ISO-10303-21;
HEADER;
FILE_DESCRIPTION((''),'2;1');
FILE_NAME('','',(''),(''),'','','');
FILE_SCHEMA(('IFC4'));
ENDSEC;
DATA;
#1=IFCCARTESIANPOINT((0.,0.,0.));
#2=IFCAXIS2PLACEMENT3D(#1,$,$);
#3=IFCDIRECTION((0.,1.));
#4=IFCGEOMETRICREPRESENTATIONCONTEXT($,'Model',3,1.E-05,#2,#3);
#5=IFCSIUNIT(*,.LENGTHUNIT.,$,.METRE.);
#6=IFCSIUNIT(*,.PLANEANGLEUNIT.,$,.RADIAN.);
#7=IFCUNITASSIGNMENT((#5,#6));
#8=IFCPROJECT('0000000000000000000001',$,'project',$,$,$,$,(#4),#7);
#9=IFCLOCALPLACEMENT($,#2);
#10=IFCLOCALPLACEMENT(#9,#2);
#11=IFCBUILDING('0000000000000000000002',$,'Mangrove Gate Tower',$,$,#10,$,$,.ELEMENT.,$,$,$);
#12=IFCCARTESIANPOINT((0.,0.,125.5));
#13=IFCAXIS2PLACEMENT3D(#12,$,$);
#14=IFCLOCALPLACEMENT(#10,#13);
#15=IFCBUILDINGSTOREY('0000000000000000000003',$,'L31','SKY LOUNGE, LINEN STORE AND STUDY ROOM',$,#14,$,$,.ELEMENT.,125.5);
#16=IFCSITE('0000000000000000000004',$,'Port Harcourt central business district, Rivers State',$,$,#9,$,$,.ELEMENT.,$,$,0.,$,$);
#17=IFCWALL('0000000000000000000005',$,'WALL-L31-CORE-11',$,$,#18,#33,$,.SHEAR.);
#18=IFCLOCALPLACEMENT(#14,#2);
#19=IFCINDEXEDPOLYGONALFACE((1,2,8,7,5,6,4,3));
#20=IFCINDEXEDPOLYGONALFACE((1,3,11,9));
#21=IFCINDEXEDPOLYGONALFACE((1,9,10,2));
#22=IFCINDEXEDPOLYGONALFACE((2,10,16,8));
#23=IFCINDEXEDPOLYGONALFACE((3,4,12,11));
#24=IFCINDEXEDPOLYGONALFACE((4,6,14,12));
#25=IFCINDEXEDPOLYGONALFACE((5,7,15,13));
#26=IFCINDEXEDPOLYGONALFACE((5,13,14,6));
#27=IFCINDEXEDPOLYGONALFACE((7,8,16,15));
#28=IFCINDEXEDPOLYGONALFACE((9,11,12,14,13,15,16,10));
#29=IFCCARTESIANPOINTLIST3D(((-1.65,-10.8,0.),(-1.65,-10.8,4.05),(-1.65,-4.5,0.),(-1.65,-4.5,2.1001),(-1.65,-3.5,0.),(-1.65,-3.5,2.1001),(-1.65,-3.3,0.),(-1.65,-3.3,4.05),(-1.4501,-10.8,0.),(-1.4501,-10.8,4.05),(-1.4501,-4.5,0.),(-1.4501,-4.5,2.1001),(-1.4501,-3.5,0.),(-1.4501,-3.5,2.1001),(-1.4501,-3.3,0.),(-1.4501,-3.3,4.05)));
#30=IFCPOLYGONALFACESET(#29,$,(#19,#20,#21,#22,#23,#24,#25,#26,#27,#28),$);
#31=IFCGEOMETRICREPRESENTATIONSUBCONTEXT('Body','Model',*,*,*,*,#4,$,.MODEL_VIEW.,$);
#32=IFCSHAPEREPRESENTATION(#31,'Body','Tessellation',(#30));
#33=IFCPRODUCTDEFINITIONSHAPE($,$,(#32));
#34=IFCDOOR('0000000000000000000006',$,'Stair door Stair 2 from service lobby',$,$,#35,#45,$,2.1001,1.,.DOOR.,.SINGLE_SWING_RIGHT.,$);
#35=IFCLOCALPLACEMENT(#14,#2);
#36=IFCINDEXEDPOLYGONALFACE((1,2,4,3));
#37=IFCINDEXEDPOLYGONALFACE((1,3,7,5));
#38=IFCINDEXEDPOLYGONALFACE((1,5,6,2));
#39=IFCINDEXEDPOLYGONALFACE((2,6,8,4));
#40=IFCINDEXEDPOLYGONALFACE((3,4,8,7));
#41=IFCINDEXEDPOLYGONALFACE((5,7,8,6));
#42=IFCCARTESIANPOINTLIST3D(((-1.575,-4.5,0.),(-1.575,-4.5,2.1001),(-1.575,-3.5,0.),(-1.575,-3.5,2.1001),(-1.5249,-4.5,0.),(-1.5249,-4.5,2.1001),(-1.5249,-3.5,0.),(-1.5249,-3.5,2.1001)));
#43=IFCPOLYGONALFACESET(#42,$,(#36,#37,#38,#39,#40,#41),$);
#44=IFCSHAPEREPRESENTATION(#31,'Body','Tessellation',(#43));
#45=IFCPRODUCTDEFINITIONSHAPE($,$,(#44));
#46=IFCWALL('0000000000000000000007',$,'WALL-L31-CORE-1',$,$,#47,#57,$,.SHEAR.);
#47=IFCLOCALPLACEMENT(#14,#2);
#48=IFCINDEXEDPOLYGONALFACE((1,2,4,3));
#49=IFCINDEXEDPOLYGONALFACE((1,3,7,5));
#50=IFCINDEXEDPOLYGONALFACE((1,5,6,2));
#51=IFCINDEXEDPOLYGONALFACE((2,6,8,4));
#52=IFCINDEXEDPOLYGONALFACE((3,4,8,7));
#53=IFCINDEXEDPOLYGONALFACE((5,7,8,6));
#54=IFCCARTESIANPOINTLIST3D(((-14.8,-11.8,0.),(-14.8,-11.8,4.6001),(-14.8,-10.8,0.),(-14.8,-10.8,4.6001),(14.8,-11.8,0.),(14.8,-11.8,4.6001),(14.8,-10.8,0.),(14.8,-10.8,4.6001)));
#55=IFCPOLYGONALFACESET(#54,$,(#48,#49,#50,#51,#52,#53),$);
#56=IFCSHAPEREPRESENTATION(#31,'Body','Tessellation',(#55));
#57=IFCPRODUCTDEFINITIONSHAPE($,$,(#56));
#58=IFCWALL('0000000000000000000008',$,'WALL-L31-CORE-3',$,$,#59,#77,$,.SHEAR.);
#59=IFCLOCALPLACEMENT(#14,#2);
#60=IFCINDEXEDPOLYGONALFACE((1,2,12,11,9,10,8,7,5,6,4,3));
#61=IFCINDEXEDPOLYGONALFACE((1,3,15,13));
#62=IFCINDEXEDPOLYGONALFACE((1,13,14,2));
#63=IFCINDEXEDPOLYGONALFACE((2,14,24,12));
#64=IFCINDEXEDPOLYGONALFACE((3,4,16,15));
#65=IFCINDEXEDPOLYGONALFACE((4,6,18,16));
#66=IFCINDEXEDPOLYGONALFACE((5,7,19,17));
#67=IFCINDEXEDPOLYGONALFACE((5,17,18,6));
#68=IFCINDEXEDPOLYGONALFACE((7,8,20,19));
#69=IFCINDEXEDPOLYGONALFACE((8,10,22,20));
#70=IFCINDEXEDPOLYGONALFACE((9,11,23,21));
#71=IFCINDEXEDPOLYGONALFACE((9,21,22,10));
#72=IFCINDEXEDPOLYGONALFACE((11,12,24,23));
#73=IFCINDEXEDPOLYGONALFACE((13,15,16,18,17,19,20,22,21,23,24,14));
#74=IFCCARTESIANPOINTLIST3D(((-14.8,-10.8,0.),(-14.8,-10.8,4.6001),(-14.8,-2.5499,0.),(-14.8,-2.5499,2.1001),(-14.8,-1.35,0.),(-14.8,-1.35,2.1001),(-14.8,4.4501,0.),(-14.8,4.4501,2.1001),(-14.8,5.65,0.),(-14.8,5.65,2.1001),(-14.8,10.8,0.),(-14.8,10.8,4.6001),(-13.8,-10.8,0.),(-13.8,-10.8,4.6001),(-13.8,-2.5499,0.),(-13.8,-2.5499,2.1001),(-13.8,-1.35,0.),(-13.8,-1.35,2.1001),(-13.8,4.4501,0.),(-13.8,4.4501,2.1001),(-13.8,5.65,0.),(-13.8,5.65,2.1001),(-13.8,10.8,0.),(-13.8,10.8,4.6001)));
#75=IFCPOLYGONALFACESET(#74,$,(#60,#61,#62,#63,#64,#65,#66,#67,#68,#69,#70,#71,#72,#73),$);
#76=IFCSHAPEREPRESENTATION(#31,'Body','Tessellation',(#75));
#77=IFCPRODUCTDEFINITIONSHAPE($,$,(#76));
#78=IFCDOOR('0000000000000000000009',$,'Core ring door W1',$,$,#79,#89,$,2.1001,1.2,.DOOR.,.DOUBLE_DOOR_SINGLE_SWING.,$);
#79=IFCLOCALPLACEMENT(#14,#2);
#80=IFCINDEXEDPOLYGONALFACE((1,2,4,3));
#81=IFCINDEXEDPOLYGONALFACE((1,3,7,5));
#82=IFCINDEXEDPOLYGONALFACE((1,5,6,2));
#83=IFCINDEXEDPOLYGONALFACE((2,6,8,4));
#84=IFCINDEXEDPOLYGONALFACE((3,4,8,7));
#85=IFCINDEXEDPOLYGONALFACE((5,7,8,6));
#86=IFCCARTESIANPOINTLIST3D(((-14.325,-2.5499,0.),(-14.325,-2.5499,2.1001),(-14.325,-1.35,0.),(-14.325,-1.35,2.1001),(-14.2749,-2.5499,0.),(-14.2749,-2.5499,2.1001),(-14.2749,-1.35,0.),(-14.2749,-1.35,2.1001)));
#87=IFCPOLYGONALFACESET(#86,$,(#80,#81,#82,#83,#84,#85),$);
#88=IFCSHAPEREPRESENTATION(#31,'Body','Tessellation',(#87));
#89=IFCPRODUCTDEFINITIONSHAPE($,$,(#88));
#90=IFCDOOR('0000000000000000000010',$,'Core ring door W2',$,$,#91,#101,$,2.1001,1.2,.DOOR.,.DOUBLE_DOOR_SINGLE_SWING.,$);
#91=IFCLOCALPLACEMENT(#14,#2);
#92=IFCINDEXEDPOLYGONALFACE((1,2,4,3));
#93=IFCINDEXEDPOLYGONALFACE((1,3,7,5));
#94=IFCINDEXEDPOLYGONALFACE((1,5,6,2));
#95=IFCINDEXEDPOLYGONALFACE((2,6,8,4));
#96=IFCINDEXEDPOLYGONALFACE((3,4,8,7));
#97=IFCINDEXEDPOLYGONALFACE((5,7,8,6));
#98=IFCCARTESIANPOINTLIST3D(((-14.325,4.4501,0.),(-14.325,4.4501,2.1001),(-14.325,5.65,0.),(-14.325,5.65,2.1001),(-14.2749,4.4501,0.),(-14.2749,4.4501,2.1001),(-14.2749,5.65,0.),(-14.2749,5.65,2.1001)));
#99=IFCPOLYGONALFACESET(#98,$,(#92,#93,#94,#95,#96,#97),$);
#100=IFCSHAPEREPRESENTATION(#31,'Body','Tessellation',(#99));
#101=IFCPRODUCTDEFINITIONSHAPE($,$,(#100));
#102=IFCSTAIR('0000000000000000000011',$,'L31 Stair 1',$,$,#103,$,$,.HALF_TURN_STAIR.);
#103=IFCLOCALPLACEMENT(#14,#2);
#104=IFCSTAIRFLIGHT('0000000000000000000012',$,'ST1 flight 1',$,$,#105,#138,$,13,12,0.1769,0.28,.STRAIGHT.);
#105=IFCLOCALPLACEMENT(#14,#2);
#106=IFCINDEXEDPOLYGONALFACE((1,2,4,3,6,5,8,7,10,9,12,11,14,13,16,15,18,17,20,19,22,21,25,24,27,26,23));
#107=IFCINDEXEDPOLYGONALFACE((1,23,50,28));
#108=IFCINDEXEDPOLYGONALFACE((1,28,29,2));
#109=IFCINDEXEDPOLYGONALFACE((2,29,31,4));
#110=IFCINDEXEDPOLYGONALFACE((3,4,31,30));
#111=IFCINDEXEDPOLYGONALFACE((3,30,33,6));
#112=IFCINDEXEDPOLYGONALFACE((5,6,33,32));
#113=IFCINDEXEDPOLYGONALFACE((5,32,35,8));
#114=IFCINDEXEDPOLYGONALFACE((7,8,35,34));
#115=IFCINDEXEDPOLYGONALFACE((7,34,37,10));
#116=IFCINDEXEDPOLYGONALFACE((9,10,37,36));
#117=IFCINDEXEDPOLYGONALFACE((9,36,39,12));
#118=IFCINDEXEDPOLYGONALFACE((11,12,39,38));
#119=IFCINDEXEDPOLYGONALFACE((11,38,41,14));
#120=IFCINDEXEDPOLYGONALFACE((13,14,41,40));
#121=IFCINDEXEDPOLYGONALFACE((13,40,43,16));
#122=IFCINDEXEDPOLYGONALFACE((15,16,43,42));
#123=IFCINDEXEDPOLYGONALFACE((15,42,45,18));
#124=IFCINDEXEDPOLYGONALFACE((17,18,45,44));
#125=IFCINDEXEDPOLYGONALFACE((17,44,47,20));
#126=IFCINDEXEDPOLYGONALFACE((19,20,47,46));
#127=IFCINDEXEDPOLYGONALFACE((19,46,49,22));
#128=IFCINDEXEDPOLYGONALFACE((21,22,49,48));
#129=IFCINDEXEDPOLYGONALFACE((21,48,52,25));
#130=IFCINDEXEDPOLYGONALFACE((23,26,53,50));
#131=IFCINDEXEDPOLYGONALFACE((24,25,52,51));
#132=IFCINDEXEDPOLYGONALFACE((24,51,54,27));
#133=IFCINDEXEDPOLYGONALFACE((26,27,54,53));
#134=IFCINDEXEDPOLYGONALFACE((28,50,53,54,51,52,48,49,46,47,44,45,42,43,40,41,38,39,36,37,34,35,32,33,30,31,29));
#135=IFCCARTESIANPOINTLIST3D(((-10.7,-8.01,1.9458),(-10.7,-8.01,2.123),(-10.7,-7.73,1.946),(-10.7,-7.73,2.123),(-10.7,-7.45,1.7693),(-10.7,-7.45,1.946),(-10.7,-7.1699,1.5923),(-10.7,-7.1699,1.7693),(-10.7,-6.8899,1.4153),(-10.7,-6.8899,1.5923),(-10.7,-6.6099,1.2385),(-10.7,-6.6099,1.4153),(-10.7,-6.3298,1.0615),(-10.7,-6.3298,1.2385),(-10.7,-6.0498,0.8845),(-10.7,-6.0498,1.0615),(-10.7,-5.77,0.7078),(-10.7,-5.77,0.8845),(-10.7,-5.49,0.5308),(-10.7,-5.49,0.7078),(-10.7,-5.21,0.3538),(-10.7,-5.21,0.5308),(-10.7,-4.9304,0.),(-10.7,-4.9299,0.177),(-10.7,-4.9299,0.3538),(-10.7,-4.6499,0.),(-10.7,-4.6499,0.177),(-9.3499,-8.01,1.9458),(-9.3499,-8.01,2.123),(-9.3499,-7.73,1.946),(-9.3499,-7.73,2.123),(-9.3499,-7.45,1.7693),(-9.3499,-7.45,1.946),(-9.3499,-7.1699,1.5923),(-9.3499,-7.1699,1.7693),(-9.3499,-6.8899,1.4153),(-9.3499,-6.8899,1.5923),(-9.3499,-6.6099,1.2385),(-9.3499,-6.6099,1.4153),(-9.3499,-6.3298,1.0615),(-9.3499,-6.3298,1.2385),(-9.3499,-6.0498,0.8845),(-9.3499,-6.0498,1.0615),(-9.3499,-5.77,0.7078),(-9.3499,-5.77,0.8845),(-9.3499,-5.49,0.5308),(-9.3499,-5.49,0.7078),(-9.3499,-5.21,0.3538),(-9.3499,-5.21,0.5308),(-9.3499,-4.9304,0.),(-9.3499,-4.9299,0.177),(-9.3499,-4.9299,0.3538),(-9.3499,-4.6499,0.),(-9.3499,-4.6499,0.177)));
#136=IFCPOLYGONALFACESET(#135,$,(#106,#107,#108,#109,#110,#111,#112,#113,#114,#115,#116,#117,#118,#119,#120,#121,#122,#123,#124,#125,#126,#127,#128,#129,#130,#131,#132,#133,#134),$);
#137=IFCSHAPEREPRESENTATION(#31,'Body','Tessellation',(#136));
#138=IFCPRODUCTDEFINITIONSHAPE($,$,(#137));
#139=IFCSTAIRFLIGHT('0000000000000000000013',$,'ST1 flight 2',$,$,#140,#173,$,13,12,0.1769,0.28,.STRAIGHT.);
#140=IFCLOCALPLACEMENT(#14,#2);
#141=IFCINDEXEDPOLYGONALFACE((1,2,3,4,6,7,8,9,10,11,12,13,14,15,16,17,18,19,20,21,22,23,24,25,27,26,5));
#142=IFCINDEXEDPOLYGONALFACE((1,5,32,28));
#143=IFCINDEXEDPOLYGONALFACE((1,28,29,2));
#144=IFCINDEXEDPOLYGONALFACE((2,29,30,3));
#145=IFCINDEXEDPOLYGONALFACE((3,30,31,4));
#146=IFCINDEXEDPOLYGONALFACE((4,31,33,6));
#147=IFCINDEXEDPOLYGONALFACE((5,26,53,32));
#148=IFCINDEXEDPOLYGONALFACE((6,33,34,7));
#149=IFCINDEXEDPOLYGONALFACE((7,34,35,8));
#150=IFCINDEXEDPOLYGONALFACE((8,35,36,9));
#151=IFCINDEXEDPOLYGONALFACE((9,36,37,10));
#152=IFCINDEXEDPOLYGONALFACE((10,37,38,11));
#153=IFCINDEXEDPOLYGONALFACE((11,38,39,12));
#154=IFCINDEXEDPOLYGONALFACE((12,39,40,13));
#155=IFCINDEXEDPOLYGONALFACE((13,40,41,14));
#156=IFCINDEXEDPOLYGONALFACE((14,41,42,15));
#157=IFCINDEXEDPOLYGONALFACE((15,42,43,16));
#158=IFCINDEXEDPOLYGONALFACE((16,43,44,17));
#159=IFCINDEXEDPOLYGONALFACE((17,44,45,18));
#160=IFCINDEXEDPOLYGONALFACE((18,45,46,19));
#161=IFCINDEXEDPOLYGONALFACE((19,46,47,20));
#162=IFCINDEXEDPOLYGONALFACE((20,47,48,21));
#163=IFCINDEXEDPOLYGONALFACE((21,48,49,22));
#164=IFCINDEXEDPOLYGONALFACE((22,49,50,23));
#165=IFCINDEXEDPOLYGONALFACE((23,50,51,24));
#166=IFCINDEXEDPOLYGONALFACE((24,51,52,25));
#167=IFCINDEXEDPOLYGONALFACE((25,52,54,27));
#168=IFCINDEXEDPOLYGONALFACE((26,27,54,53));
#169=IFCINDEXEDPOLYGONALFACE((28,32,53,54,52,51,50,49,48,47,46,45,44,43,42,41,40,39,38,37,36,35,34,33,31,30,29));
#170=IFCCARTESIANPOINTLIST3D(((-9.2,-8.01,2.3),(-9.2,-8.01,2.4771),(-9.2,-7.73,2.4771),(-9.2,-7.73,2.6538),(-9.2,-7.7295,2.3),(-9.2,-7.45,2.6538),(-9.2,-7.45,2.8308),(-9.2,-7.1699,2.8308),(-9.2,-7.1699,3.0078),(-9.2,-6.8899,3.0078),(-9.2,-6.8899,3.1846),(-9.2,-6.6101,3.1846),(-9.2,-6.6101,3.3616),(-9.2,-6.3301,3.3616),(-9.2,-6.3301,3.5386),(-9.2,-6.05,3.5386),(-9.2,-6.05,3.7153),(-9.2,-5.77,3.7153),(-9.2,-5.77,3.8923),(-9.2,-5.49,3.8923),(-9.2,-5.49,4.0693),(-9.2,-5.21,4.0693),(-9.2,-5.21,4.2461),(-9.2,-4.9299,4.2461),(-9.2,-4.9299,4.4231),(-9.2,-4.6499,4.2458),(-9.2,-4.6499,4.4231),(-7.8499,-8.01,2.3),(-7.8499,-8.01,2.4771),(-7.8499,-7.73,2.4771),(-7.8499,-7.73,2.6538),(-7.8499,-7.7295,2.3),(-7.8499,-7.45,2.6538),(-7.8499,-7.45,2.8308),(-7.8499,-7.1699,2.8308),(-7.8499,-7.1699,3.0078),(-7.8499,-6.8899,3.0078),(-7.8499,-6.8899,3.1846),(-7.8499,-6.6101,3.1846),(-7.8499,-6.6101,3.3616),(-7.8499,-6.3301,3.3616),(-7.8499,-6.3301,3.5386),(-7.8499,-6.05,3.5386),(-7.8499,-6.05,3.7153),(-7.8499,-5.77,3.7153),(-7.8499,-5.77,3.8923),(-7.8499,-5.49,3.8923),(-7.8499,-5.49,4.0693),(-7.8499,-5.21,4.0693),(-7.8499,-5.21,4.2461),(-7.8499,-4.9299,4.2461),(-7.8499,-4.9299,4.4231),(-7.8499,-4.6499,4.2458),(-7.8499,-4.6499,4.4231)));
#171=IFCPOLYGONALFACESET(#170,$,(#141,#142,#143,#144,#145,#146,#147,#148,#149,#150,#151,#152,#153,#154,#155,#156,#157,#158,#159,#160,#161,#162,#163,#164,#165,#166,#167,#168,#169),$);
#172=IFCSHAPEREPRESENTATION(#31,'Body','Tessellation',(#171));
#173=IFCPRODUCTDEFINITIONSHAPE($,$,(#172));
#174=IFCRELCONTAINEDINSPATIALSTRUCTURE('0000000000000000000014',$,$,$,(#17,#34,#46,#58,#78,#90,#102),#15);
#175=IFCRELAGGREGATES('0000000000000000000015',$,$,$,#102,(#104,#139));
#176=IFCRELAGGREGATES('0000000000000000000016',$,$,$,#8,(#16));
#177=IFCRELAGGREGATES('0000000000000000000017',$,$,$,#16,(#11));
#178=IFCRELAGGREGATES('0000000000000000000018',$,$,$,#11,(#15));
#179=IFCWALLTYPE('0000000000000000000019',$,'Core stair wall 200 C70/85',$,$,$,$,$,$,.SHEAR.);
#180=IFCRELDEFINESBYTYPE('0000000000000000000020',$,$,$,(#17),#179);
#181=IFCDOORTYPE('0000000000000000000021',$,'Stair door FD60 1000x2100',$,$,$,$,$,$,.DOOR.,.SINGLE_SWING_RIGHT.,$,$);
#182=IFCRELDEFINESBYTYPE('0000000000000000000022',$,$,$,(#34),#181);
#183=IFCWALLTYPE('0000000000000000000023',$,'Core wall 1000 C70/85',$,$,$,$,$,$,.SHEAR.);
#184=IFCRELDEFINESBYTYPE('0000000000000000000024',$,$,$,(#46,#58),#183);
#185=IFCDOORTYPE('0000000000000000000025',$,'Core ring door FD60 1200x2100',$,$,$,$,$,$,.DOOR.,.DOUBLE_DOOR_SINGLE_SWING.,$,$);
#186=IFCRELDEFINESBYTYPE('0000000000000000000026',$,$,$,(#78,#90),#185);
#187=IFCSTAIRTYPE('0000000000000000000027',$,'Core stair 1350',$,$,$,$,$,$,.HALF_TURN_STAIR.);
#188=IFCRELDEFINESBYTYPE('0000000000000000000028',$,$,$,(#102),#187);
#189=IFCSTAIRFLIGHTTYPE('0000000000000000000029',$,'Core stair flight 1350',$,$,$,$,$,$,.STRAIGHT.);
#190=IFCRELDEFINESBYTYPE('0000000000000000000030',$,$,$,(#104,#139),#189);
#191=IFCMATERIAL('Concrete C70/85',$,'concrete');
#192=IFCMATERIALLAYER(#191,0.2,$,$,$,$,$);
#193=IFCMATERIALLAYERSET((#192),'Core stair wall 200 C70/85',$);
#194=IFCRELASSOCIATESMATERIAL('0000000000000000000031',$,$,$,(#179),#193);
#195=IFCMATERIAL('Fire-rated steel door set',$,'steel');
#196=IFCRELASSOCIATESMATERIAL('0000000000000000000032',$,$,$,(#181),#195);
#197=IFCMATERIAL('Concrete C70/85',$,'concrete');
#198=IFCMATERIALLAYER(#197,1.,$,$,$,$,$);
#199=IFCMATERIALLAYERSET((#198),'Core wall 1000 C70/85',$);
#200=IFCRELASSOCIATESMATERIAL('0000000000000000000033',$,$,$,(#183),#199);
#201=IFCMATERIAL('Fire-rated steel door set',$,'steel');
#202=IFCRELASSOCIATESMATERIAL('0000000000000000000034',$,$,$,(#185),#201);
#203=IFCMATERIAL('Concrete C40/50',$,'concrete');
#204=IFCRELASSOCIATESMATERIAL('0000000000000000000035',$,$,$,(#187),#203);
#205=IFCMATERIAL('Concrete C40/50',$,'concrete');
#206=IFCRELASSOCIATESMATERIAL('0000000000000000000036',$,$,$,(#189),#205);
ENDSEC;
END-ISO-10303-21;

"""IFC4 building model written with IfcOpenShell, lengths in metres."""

from ifc_helpers import new_model, si_unit, direction, frame, frame_2d, origin, place, context, subcontext, project, spatial, polyline, rectangle, outline, extrude, material, layer, layer_set, type_object, element, fill, aggregate, save


model = new_model("IFC4")

# Units and contexts
model_context = context("Model", 3, precision=1e-05, world=origin(), true_north=direction((0.0, 1.0)))
body_context = subcontext(model_context, "Body", "Model", "MODEL_VIEW")
ifc_project = project(units=[si_unit("LENGTHUNIT", "METRE"), si_unit("PLANEANGLEUNIT", "RADIAN")], contexts=[model_context])

# Site, building, storey
site_placement = place(None, origin())
site = spatial("IfcSite", under=ifc_project, at=site_placement, Name="Port Harcourt central business district, Rivers State", CompositionType="ELEMENT", RefElevation=0.0)
building_placement = place(site_placement, origin())
building = spatial("IfcBuilding", under=site, at=building_placement, Name="Mangrove Gate Tower", CompositionType="ELEMENT")
storey_placement = place(building_placement, frame((0.0, 0.0, 125.5)))
storey = spatial("IfcBuildingStorey", under=building, at=storey_placement, Name="L31", Description="SKY LOUNGE, LINEN STORE AND STUDY ROOM", CompositionType="ELEMENT", Elevation=125.5)

# Shared definitions
ifc_material_1 = material(Name="Concrete C70/85", Category="concrete")
ifc_layer_1 = layer(ifc_material_1, 0.2)
ifc_layer_set_1 = layer_set([ifc_layer_1], Name="Core stair wall 200 C70/85")
wall_type_1 = type_object("IfcWallType", Name="Core stair wall 200 C70/85", PredefinedType="SHEAR", material=ifc_layer_set_1)

# Wall, opening, door
wall_1_placement = place(storey_placement, frame((-1.55, -10.8, 0.0), z_axis=(0.0, 0.0, 1.0), x_axis=(0.0, 1.0, 0.0)))
wall_1 = element("IfcWall", 1, at=wall_1_placement, inside=storey, type_object=wall_type_1, Name="WALL-L31-CORE-11", PredefinedType="SHEAR", context=body_context, shape_type="SweptSolid", body=[
    extrude(rectangle(XDim=7.5, YDim=0.2, at=frame_2d((3.75, 0.0))), origin(), (0.0, 0.0, 1.0), 4.05),
])
opening_1_placement = place(wall_1_placement, frame((6.3, 0.0, 0.0)))
opening_1 = element("IfcOpeningElement", 2, at=opening_1_placement, cuts=wall_1, PredefinedType="OPENING", context=body_context, shape_type="SweptSolid", body=[
    extrude(rectangle(XDim=1.0, YDim=2.1001, at=frame_2d((0.5, 1.05))), frame((0.0, 0.1099, 0.0), z_axis=(0.0, -1.0, 0.0), x_axis=(1.0, 0.0, 0.0)), (0.0, 0.0, 1.0), 0.22),
])
ifc_material_2 = material(Name="Fire-rated steel door set", Category="steel")
door_type_1 = type_object("IfcDoorType", Name="Stair door FD60 1000x2100", OperationType="SINGLE_SWING_RIGHT", PredefinedType="DOOR", material=ifc_material_2)
door_1_placement = place(opening_1_placement, origin())
door_1 = element("IfcDoor", 3, at=door_1_placement, inside=storey, type_object=door_type_1, Name="Stair door Stair 2 from service lobby", OperationType="SINGLE_SWING_RIGHT", OverallHeight=2.1001, OverallWidth=1.0, PredefinedType="DOOR", context=body_context, shape_type="SweptSolid", body=[
    extrude(rectangle(XDim=1.0, YDim=2.1001, at=frame_2d((0.5, 1.05))), frame((0.0, 0.0249, 0.0), z_axis=(0.0, -1.0, 0.0), x_axis=(1.0, 0.0, 0.0)), (0.0, 0.0, 1.0), 0.05),
])
fill(opening_1, door_1)

# Wall
ifc_material_3 = material(Name="Concrete C70/85", Category="concrete")
ifc_layer_2 = layer(ifc_material_3, 1.0)
ifc_layer_set_2 = layer_set([ifc_layer_2], Name="Core wall 1000 C70/85")
wall_type_2 = type_object("IfcWallType", Name="Core wall 1000 C70/85", PredefinedType="SHEAR", material=ifc_layer_set_2)
wall_2_placement = place(storey_placement, frame((-14.8, -11.3, 0.0), z_axis=(0.0, 0.0, 1.0), x_axis=(1.0, 0.0, 0.0)))
element("IfcWall", 4, at=wall_2_placement, inside=storey, type_object=wall_type_2, Name="WALL-L31-CORE-1", PredefinedType="SHEAR", context=body_context, shape_type="SweptSolid", body=[
    extrude(rectangle(XDim=29.6001, YDim=1.0, at=frame_2d((14.8, 0.0))), origin(), (0.0, 0.0, 1.0), 4.6001),
])

# Wall, openings, doors
wall_3_placement = place(storey_placement, frame((-14.3, -10.8, 0.0), z_axis=(0.0, 0.0, 1.0), x_axis=(0.0, 1.0, 0.0)))
wall_3 = element("IfcWall", 5, at=wall_3_placement, inside=storey, type_object=wall_type_2, Name="WALL-L31-CORE-3", PredefinedType="SHEAR", context=body_context, shape_type="SweptSolid", body=[
    extrude(rectangle(XDim=21.6001, YDim=1.0, at=frame_2d((10.8, 0.0))), origin(), (0.0, 0.0, 1.0), 4.6001),
])
opening_2_placement = place(wall_3_placement, frame((8.25, 0.0, 0.0)))
opening_2 = element("IfcOpeningElement", 6, at=opening_2_placement, cuts=wall_3, PredefinedType="OPENING", context=body_context, shape_type="SweptSolid", body=[
    extrude(rectangle(XDim=1.2, YDim=2.1001, at=frame_2d((0.6001, 1.05))), frame((0.0, 0.51, 0.0), z_axis=(0.0, -1.0, 0.0), x_axis=(1.0, 0.0, 0.0)), (0.0, 0.0, 1.0), 1.02),
])
opening_3_placement = place(wall_3_placement, frame((15.25, 0.0, 0.0)))
opening_3 = element("IfcOpeningElement", 7, at=opening_3_placement, cuts=wall_3, PredefinedType="OPENING", context=body_context, shape_type="SweptSolid", body=[
    extrude(rectangle(XDim=1.2, YDim=2.1001, at=frame_2d((0.6001, 1.05))), frame((0.0, 0.51, 0.0), z_axis=(0.0, -1.0, 0.0), x_axis=(1.0, 0.0, 0.0)), (0.0, 0.0, 1.0), 1.02),
])
ifc_material_4 = material(Name="Fire-rated steel door set", Category="steel")
door_type_2 = type_object("IfcDoorType", Name="Core ring door FD60 1200x2100", OperationType="DOUBLE_DOOR_SINGLE_SWING", PredefinedType="DOOR", material=ifc_material_4)
door_2_placement = place(opening_2_placement, origin())
door_2 = element("IfcDoor", 8, at=door_2_placement, inside=storey, type_object=door_type_2, Name="Core ring door W1", OperationType="DOUBLE_DOOR_SINGLE_SWING", OverallHeight=2.1001, OverallWidth=1.2, PredefinedType="DOOR", context=body_context, shape_type="SweptSolid", body=[
    extrude(rectangle(XDim=1.2, YDim=2.1001, at=frame_2d((0.6001, 1.05))), frame((0.0, 0.0249, 0.0), z_axis=(0.0, -1.0, 0.0), x_axis=(1.0, 0.0, 0.0)), (0.0, 0.0, 1.0), 0.05),
])
fill(opening_2, door_2)
door_3_placement = place(opening_3_placement, origin())
door_3 = element("IfcDoor", 9, at=door_3_placement, inside=storey, type_object=door_type_2, Name="Core ring door W2", OperationType="DOUBLE_DOOR_SINGLE_SWING", OverallHeight=2.1001, OverallWidth=1.2, PredefinedType="DOOR", context=body_context, shape_type="SweptSolid", body=[
    extrude(rectangle(XDim=1.2, YDim=2.1001, at=frame_2d((0.6001, 1.05))), frame((0.0, 0.0249, 0.0), z_axis=(0.0, -1.0, 0.0), x_axis=(1.0, 0.0, 0.0)), (0.0, 0.0, 1.0), 0.05),
])
fill(opening_3, door_3)

# Stair, stair flights
ifc_material_5 = material(Name="Concrete C40/50", Category="concrete")
stair_type = type_object("IfcStairType", Name="Core stair 1350", PredefinedType="HALF_TURN_STAIR", material=ifc_material_5)
stair_1_placement = place(storey_placement, origin())
stair_1 = element("IfcStair", 10, at=stair_1_placement, inside=storey, type_object=stair_type, Name="L31 Stair 1", PredefinedType="HALF_TURN_STAIR")
ifc_material_6 = material(Name="Concrete C40/50", Category="concrete")
stair_flight_type = type_object("IfcStairFlightType", Name="Core stair flight 1350", PredefinedType="STRAIGHT", material=ifc_material_6)
stair_flight_1_placement = place(storey_placement, frame((-10.0249, -4.6499, 0.0), z_axis=(0.0, 0.0, 1.0), x_axis=(0.0, -1.0, 0.0)))
stair_flight_1 = element("IfcStairFlight", 11, at=stair_flight_1_placement, type_object=stair_flight_type, Name="ST1 flight 1", NumberOfRisers=13, NumberOfTreads=12, PredefinedType="STRAIGHT", RiserHeight=0.1769, TreadLength=0.28, context=body_context, shape_type="SweptSolid", body=[
    extrude(outline(polyline([(0.0, 0.0), (0.0, 0.177), (0.28, 0.177), (0.28, 0.3538), (0.5601, 0.3538), (0.5601, 0.5308), (0.8401, 0.5308), (0.8401, 0.7078), (1.1201, 0.7078), (1.1201, 0.8845), (1.3999, 0.8845), (1.3999, 1.0615), (1.6799, 1.0615), (1.6799, 1.2385), (1.96, 1.2385), (1.96, 1.4153), (2.24, 1.4153), (2.24, 1.5923), (2.52, 1.5923), (2.52, 1.7693), (2.8, 1.7693), (2.8, 1.946), (3.0801, 1.946), (3.0801, 2.123), (3.3601, 2.123), (3.3601, 2.3), (3.3601, 1.9458), (0.2805, 0.0), (0.0, 0.0)])), frame((0.0, 0.675, 0.0), z_axis=(0.0, -1.0, 0.0), x_axis=(1.0, 0.0, 0.0)), (0.0, 0.0, 1.0), 1.3501),
])
stair_flight_2_placement = place(storey_placement, frame((-8.5249, -8.01, 2.3), z_axis=(0.0, 0.0, 1.0), x_axis=(0.0, 1.0, 0.0)))
stair_flight_2 = element("IfcStairFlight", 12, at=stair_flight_2_placement, type_object=stair_flight_type, Name="ST1 flight 2", NumberOfRisers=13, NumberOfTreads=12, PredefinedType="STRAIGHT", RiserHeight=0.1769, TreadLength=0.28, context=body_context, shape_type="SweptSolid", body=[
    extrude(outline(polyline([(0.0, 0.0), (0.0, 0.177), (0.28, 0.177), (0.28, 0.3538), (0.5601, 0.3538), (0.5601, 0.5308), (0.8401, 0.5308), (0.8401, 0.7078), (1.1201, 0.7078), (1.1201, 0.8845), (1.3999, 0.8845), (1.3999, 1.0615), (1.6799, 1.0615), (1.6799, 1.2385), (1.96, 1.2385), (1.96, 1.4153), (2.24, 1.4153), (2.24, 1.5923), (2.52, 1.5923), (2.52, 1.7693), (2.8, 1.7693), (2.8, 1.946), (3.0801, 1.946), (3.0801, 2.123), (3.3601, 2.123), (3.3601, 2.3), (3.3601, 1.9458), (0.2805, 0.0), (0.0, 0.0)])), frame((0.0, 0.675, 0.0), z_axis=(0.0, -1.0, 0.0), x_axis=(1.0, 0.0, 0.0)), (0.0, 0.0, 1.0), 1.3501),
])
aggregate(stair_1, [stair_flight_1, stair_flight_2])

save(model, "model.ifc")
